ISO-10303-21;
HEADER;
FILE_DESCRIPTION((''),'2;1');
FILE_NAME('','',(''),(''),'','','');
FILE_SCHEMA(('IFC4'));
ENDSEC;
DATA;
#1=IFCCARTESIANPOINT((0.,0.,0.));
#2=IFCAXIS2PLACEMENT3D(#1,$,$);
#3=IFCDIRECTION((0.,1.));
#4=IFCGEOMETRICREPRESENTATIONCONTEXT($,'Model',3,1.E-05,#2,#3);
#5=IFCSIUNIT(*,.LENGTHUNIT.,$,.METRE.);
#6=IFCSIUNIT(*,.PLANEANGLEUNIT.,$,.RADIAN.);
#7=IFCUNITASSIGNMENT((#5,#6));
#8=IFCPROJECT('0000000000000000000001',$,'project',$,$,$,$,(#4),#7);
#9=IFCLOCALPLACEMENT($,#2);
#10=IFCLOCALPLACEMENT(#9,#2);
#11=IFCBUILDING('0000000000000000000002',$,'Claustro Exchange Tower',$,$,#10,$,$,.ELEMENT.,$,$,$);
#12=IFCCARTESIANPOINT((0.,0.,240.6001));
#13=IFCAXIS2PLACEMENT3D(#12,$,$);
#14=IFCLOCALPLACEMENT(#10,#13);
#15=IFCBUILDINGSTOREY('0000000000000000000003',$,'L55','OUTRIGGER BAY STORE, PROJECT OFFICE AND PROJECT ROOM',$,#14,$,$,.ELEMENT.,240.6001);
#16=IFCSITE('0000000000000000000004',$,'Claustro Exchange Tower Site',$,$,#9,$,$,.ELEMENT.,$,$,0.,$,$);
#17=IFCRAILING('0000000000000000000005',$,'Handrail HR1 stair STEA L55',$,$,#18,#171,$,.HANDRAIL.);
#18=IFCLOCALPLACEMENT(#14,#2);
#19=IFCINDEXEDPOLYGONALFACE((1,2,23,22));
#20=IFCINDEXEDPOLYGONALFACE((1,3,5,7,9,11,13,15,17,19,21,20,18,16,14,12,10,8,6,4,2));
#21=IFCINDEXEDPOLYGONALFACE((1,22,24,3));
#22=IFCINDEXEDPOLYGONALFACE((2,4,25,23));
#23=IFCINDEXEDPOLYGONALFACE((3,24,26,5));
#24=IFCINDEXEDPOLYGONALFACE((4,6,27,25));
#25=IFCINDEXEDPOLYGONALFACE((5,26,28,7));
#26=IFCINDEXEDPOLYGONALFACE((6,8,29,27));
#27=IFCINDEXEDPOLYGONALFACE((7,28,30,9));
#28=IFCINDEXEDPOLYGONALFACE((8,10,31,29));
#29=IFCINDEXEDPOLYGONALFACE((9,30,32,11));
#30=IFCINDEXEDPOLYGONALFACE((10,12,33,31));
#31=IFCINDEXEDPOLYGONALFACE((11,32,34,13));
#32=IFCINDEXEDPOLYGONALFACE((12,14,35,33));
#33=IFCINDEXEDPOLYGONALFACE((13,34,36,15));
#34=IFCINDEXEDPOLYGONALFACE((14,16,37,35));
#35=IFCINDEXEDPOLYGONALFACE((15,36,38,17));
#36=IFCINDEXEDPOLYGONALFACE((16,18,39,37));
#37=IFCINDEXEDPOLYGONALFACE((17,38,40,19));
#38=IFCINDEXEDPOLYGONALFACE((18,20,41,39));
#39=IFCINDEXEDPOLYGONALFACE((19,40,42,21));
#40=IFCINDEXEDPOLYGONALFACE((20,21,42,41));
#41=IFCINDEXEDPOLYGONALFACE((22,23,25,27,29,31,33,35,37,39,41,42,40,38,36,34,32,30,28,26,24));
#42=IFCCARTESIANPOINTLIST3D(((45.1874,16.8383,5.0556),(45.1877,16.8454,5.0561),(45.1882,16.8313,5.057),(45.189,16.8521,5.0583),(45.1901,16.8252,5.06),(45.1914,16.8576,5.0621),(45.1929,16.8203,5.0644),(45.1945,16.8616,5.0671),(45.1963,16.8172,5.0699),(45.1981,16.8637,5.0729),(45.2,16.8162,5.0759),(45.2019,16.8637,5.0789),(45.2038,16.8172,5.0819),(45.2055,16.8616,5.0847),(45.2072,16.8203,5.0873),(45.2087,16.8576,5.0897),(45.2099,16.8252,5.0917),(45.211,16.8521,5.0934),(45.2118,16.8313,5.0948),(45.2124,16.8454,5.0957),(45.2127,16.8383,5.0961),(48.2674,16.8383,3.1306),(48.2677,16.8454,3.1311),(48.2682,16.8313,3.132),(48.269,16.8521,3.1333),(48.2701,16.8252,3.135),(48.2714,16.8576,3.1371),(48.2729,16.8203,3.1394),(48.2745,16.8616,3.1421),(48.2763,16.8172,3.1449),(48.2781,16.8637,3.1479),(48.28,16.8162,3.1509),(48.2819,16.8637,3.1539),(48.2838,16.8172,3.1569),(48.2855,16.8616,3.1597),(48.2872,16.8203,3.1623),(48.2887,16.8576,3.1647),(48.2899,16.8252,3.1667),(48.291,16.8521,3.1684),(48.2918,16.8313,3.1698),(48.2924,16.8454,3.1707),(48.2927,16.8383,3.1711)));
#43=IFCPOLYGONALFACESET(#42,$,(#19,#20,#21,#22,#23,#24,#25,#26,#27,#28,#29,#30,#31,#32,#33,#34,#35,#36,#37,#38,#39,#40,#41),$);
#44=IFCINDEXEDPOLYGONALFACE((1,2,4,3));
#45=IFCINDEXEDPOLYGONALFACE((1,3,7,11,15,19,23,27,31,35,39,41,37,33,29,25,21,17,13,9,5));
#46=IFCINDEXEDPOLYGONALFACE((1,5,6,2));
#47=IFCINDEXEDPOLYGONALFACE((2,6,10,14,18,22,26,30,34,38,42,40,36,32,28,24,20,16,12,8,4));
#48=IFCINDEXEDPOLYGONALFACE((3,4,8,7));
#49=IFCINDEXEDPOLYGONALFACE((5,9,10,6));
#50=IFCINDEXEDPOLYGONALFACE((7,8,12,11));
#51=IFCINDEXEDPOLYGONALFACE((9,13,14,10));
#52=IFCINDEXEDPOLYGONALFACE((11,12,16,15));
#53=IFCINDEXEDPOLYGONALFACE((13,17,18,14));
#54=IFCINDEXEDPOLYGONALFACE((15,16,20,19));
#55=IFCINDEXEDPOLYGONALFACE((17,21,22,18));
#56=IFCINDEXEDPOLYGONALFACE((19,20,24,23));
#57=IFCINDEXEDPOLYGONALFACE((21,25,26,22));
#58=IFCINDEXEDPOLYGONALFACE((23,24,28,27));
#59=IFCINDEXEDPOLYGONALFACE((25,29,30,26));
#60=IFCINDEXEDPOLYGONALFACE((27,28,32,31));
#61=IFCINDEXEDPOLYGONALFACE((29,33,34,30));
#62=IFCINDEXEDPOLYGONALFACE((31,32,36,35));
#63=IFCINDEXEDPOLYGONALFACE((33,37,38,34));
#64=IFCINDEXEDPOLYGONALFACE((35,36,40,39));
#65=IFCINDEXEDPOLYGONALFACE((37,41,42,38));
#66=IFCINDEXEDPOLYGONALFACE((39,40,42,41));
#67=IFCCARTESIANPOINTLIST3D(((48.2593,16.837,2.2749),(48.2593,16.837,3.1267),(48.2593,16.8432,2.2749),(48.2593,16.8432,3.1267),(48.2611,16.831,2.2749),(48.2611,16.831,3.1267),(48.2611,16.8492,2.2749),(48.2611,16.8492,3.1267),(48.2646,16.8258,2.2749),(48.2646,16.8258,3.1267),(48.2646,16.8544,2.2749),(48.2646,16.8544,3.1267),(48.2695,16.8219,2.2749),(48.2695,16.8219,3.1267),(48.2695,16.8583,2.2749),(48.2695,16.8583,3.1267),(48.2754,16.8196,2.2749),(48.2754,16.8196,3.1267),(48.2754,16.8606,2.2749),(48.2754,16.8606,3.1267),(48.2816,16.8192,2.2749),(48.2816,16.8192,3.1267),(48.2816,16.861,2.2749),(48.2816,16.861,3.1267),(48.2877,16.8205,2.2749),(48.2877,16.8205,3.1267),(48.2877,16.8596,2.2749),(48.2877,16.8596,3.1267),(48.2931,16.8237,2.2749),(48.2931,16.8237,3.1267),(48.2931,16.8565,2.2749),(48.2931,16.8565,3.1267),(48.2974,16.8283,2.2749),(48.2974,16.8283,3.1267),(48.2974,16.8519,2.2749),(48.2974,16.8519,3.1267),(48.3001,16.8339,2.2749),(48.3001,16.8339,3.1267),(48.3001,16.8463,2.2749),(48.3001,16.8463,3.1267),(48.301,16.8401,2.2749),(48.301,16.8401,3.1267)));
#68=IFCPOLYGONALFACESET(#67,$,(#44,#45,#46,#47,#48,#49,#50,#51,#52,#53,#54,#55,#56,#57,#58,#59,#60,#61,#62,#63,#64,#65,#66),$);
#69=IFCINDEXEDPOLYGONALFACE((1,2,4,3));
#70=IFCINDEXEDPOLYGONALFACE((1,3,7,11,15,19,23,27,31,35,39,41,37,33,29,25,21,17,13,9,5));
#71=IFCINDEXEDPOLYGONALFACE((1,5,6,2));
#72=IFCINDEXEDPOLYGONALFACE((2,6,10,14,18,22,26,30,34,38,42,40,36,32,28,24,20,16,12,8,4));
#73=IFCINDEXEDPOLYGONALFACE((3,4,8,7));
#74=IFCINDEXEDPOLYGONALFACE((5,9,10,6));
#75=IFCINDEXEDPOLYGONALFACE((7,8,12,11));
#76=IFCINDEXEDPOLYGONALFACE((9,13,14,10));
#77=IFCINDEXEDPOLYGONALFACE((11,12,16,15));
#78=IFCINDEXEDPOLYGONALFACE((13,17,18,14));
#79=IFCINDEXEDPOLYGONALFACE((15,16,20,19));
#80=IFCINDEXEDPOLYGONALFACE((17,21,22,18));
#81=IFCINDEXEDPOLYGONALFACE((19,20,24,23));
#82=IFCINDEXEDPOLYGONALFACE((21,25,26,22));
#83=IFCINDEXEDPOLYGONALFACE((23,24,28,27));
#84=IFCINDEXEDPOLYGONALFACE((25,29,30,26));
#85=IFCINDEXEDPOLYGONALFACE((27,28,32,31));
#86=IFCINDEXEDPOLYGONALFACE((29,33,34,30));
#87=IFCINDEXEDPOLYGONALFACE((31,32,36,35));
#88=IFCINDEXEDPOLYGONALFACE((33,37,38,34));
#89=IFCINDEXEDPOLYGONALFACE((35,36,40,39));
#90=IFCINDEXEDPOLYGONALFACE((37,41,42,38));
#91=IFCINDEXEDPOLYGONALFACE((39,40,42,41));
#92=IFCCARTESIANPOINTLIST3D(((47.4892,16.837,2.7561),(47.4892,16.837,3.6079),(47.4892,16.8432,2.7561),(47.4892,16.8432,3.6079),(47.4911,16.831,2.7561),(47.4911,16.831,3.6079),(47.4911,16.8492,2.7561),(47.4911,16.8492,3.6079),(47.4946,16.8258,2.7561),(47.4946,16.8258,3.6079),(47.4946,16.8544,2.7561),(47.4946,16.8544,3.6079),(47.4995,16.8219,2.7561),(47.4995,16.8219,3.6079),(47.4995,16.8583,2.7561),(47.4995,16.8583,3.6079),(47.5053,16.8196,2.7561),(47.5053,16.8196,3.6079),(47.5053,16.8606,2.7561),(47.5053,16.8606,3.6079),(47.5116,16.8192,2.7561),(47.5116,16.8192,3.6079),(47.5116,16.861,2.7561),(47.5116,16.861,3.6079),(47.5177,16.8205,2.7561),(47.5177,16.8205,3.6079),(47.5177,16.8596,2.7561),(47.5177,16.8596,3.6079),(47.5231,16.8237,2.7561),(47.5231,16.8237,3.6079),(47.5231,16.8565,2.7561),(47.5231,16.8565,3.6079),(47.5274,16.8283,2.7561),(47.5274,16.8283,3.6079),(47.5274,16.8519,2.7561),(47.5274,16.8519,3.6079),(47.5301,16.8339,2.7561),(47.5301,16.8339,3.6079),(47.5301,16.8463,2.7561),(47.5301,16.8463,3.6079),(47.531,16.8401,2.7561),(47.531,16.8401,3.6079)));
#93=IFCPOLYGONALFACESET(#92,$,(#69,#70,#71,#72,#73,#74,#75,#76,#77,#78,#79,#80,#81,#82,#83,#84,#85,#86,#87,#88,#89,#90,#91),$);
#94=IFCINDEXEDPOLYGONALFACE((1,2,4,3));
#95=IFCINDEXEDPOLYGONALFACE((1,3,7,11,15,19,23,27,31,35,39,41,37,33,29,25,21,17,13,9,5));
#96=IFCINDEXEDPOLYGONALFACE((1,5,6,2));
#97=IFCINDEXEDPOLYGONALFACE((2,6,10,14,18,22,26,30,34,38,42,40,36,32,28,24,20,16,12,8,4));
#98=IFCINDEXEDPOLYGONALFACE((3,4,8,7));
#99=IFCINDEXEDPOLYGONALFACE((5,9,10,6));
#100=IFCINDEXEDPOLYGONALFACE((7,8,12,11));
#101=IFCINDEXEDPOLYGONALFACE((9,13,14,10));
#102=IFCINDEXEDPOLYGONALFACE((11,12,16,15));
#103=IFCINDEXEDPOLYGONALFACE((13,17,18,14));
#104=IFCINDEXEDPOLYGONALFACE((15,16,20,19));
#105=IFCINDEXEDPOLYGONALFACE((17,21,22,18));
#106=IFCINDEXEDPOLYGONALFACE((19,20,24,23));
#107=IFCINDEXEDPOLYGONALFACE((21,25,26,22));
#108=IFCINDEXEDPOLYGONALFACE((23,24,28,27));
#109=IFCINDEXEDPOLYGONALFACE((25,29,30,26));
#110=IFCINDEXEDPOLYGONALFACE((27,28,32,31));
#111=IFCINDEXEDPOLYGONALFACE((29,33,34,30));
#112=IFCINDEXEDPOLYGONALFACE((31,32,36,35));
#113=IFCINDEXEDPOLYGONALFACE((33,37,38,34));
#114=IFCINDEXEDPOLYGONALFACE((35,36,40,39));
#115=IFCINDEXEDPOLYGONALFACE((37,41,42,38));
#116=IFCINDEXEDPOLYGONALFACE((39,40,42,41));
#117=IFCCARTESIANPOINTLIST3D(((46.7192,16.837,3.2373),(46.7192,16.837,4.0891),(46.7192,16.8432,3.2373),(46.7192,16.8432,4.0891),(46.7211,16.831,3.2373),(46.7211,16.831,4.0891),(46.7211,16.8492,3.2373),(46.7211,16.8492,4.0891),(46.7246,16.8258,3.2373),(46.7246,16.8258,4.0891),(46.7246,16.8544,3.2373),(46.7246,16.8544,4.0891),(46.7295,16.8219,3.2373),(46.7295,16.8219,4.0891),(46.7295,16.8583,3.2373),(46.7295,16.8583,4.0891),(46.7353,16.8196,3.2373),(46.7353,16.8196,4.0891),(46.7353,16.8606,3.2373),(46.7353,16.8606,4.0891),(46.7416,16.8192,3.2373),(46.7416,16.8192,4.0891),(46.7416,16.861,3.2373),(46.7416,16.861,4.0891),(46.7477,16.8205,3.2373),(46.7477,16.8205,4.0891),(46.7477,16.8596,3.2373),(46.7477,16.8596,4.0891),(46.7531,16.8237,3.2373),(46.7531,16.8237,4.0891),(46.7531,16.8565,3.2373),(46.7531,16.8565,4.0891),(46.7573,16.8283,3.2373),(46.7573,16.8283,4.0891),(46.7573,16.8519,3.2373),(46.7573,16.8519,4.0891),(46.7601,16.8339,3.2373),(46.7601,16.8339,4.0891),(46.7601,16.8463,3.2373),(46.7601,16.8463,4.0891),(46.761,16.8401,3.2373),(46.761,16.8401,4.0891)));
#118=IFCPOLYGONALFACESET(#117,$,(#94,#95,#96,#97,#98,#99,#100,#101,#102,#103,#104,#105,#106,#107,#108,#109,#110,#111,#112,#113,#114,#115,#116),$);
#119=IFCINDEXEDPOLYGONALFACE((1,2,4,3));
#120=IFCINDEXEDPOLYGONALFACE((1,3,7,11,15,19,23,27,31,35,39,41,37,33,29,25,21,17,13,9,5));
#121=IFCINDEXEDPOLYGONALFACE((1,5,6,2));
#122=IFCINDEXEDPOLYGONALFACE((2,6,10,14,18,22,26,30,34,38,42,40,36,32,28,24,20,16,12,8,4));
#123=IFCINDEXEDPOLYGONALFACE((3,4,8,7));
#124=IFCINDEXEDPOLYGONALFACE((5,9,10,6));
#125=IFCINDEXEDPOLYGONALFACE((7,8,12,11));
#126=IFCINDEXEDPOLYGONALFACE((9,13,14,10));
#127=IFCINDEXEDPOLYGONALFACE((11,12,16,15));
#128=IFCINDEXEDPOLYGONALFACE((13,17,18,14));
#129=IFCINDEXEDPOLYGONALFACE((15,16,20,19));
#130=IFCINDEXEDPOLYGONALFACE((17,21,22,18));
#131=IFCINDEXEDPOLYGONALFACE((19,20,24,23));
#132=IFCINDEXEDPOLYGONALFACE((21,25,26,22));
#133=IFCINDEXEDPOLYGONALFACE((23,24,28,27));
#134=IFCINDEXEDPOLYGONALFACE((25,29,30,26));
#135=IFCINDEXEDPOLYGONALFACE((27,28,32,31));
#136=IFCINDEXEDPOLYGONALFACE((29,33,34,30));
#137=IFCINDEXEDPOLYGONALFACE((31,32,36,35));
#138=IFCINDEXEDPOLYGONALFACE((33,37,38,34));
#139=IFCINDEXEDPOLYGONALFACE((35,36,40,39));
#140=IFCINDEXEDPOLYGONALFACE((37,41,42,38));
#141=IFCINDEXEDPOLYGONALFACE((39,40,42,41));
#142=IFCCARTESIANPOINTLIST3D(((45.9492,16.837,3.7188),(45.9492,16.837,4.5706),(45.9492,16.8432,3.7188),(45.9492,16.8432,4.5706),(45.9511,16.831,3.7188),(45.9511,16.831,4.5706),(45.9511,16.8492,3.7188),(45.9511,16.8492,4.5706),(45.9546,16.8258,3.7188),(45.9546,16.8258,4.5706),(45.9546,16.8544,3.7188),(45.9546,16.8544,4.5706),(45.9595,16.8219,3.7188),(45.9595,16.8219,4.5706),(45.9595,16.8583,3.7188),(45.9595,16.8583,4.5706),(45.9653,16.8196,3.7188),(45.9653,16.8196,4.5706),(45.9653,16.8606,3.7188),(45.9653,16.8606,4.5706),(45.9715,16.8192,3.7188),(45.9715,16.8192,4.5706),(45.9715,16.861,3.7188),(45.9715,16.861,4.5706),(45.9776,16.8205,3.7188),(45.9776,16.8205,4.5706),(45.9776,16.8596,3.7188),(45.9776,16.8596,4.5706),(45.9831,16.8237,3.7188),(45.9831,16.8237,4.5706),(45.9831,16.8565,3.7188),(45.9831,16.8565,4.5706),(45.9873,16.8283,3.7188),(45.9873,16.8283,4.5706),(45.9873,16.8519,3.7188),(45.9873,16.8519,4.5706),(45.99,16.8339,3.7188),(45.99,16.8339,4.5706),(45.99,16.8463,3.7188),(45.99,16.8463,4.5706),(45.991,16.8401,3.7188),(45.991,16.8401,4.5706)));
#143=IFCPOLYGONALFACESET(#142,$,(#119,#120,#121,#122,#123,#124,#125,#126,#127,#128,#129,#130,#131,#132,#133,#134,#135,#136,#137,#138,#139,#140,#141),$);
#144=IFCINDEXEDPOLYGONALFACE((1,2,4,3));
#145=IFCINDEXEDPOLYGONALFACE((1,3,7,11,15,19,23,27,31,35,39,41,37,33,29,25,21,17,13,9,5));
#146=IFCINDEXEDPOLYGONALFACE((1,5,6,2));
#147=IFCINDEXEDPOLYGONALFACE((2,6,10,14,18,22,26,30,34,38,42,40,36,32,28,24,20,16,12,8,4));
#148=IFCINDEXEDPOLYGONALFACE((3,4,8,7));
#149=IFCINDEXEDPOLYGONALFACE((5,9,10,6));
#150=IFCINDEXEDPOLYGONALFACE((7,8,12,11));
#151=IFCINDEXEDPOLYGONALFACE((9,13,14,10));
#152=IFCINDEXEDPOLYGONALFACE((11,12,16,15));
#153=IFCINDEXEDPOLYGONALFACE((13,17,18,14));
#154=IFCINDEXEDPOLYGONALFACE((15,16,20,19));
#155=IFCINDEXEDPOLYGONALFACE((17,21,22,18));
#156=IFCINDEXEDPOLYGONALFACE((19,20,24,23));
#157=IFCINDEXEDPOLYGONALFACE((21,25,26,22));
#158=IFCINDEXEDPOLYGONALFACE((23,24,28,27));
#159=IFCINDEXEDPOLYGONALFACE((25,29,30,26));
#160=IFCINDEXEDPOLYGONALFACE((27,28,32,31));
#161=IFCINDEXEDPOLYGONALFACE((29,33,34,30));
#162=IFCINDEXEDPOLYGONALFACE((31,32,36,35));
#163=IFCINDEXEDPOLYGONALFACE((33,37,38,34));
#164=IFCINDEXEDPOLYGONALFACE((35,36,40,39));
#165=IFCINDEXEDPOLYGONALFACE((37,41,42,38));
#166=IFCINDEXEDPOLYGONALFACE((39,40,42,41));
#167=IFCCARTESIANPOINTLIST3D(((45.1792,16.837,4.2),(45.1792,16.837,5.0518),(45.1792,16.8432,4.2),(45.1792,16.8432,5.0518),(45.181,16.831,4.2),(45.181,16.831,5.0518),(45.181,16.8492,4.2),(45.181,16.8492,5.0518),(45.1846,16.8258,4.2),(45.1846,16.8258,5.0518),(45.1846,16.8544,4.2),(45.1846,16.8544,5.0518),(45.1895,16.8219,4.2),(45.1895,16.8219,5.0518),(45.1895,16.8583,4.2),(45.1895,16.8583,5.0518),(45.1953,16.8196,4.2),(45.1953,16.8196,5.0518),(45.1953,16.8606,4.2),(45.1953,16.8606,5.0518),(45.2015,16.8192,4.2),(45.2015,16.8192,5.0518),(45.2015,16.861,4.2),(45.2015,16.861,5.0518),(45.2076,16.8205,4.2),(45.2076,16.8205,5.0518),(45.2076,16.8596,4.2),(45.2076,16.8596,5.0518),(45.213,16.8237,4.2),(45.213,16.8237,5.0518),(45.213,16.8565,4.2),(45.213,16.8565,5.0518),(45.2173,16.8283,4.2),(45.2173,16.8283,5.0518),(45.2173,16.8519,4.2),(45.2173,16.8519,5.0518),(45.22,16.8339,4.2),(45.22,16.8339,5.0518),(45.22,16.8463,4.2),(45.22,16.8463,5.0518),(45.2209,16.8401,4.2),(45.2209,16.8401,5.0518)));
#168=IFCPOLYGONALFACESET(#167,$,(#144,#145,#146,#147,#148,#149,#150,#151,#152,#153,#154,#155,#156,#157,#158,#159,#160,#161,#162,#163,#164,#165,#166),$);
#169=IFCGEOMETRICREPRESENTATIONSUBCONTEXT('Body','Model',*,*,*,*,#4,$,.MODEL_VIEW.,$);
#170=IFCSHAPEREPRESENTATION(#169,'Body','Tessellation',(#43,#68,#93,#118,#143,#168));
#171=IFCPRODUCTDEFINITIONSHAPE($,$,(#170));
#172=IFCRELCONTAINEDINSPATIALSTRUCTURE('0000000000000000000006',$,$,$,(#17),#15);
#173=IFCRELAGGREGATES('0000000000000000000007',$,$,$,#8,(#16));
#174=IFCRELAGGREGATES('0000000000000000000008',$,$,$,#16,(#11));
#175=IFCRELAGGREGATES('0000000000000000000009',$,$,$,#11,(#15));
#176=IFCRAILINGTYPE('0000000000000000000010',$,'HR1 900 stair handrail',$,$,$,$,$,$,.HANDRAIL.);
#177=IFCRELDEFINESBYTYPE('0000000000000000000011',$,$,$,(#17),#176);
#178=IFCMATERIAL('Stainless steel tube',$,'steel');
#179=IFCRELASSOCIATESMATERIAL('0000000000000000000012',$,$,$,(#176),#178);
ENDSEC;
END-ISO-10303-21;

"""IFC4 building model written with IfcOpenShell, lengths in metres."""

from ifc_helpers import new_model, si_unit, direction, frame, origin, origin_2d, place, context, subcontext, project, spatial, circle, extrude, material, type_object, element, save


model = new_model("IFC4")

# Units and contexts
model_context = context("Model", 3, precision=1e-05, world=origin(), true_north=direction((0.0, 1.0)))
body_context = subcontext(model_context, "Body", "Model", "MODEL_VIEW")
ifc_project = project(units=[si_unit("LENGTHUNIT", "METRE"), si_unit("PLANEANGLEUNIT", "RADIAN")], contexts=[model_context])

# Site, building, storey
site_placement = place(None, origin())
site = spatial("IfcSite", under=ifc_project, at=site_placement, Name="Claustro Exchange Tower Site", CompositionType="ELEMENT", RefElevation=0.0)
building_placement = place(site_placement, origin())
building = spatial("IfcBuilding", under=site, at=building_placement, Name="Claustro Exchange Tower", CompositionType="ELEMENT")
storey_placement = place(building_placement, frame((0.0, 0.0, 240.6001)))
storey = spatial("IfcBuildingStorey", under=building, at=storey_placement, Name="L55", Description="OUTRIGGER BAY STORE, PROJECT OFFICE AND PROJECT ROOM", CompositionType="ELEMENT", Elevation=240.6001)

# Railing
ifc_material_1 = material(Name="Stainless steel tube", Category="steel")
railing_type_1 = type_object("IfcRailingType", Name="HR1 900 stair handrail", PredefinedType="HANDRAIL", material=ifc_material_1)
railing_1_placement = place(storey_placement, frame((48.28, 16.8401, 2.2749)))
element("IfcRailing", 1, at=railing_1_placement, inside=storey, type_object=railing_type_1, Name="Handrail HR1 stair STEA L55", PredefinedType="HANDRAIL", context=body_context, shape_type="SweptSolid", body=[
    extrude(circle(Radius=0.0239, at=origin_2d()), frame((0.0, 0.0, 0.876), z_axis=(-0.847998, 0.0, 0.529999), x_axis=(0.0, -1.0, 0.0)), (0.0, 0.0, 1.0), 3.6321),
    extrude(circle(Radius=0.021, at=origin_2d()), origin(), (0.0, 0.0, 1.0), 0.8518),
    extrude(circle(Radius=0.021, at=origin_2d()), frame((-0.77, 0.0, 0.4812)), (0.0, 0.0, 1.0), 0.8518),
    extrude(circle(Radius=0.021, at=origin_2d()), frame((-1.54, 0.0, 0.9624)), (0.0, 0.0, 1.0), 0.8518),
    extrude(circle(Radius=0.021, at=origin_2d()), frame((-2.3101, 0.0, 1.4438)), (0.0, 0.0, 1.0), 0.8518),
    extrude(circle(Radius=0.021, at=origin_2d()), frame((-3.0801, 0.0, 1.925)), (0.0, 0.0, 1.0), 0.8518),
])

save(model, "model.ifc")
